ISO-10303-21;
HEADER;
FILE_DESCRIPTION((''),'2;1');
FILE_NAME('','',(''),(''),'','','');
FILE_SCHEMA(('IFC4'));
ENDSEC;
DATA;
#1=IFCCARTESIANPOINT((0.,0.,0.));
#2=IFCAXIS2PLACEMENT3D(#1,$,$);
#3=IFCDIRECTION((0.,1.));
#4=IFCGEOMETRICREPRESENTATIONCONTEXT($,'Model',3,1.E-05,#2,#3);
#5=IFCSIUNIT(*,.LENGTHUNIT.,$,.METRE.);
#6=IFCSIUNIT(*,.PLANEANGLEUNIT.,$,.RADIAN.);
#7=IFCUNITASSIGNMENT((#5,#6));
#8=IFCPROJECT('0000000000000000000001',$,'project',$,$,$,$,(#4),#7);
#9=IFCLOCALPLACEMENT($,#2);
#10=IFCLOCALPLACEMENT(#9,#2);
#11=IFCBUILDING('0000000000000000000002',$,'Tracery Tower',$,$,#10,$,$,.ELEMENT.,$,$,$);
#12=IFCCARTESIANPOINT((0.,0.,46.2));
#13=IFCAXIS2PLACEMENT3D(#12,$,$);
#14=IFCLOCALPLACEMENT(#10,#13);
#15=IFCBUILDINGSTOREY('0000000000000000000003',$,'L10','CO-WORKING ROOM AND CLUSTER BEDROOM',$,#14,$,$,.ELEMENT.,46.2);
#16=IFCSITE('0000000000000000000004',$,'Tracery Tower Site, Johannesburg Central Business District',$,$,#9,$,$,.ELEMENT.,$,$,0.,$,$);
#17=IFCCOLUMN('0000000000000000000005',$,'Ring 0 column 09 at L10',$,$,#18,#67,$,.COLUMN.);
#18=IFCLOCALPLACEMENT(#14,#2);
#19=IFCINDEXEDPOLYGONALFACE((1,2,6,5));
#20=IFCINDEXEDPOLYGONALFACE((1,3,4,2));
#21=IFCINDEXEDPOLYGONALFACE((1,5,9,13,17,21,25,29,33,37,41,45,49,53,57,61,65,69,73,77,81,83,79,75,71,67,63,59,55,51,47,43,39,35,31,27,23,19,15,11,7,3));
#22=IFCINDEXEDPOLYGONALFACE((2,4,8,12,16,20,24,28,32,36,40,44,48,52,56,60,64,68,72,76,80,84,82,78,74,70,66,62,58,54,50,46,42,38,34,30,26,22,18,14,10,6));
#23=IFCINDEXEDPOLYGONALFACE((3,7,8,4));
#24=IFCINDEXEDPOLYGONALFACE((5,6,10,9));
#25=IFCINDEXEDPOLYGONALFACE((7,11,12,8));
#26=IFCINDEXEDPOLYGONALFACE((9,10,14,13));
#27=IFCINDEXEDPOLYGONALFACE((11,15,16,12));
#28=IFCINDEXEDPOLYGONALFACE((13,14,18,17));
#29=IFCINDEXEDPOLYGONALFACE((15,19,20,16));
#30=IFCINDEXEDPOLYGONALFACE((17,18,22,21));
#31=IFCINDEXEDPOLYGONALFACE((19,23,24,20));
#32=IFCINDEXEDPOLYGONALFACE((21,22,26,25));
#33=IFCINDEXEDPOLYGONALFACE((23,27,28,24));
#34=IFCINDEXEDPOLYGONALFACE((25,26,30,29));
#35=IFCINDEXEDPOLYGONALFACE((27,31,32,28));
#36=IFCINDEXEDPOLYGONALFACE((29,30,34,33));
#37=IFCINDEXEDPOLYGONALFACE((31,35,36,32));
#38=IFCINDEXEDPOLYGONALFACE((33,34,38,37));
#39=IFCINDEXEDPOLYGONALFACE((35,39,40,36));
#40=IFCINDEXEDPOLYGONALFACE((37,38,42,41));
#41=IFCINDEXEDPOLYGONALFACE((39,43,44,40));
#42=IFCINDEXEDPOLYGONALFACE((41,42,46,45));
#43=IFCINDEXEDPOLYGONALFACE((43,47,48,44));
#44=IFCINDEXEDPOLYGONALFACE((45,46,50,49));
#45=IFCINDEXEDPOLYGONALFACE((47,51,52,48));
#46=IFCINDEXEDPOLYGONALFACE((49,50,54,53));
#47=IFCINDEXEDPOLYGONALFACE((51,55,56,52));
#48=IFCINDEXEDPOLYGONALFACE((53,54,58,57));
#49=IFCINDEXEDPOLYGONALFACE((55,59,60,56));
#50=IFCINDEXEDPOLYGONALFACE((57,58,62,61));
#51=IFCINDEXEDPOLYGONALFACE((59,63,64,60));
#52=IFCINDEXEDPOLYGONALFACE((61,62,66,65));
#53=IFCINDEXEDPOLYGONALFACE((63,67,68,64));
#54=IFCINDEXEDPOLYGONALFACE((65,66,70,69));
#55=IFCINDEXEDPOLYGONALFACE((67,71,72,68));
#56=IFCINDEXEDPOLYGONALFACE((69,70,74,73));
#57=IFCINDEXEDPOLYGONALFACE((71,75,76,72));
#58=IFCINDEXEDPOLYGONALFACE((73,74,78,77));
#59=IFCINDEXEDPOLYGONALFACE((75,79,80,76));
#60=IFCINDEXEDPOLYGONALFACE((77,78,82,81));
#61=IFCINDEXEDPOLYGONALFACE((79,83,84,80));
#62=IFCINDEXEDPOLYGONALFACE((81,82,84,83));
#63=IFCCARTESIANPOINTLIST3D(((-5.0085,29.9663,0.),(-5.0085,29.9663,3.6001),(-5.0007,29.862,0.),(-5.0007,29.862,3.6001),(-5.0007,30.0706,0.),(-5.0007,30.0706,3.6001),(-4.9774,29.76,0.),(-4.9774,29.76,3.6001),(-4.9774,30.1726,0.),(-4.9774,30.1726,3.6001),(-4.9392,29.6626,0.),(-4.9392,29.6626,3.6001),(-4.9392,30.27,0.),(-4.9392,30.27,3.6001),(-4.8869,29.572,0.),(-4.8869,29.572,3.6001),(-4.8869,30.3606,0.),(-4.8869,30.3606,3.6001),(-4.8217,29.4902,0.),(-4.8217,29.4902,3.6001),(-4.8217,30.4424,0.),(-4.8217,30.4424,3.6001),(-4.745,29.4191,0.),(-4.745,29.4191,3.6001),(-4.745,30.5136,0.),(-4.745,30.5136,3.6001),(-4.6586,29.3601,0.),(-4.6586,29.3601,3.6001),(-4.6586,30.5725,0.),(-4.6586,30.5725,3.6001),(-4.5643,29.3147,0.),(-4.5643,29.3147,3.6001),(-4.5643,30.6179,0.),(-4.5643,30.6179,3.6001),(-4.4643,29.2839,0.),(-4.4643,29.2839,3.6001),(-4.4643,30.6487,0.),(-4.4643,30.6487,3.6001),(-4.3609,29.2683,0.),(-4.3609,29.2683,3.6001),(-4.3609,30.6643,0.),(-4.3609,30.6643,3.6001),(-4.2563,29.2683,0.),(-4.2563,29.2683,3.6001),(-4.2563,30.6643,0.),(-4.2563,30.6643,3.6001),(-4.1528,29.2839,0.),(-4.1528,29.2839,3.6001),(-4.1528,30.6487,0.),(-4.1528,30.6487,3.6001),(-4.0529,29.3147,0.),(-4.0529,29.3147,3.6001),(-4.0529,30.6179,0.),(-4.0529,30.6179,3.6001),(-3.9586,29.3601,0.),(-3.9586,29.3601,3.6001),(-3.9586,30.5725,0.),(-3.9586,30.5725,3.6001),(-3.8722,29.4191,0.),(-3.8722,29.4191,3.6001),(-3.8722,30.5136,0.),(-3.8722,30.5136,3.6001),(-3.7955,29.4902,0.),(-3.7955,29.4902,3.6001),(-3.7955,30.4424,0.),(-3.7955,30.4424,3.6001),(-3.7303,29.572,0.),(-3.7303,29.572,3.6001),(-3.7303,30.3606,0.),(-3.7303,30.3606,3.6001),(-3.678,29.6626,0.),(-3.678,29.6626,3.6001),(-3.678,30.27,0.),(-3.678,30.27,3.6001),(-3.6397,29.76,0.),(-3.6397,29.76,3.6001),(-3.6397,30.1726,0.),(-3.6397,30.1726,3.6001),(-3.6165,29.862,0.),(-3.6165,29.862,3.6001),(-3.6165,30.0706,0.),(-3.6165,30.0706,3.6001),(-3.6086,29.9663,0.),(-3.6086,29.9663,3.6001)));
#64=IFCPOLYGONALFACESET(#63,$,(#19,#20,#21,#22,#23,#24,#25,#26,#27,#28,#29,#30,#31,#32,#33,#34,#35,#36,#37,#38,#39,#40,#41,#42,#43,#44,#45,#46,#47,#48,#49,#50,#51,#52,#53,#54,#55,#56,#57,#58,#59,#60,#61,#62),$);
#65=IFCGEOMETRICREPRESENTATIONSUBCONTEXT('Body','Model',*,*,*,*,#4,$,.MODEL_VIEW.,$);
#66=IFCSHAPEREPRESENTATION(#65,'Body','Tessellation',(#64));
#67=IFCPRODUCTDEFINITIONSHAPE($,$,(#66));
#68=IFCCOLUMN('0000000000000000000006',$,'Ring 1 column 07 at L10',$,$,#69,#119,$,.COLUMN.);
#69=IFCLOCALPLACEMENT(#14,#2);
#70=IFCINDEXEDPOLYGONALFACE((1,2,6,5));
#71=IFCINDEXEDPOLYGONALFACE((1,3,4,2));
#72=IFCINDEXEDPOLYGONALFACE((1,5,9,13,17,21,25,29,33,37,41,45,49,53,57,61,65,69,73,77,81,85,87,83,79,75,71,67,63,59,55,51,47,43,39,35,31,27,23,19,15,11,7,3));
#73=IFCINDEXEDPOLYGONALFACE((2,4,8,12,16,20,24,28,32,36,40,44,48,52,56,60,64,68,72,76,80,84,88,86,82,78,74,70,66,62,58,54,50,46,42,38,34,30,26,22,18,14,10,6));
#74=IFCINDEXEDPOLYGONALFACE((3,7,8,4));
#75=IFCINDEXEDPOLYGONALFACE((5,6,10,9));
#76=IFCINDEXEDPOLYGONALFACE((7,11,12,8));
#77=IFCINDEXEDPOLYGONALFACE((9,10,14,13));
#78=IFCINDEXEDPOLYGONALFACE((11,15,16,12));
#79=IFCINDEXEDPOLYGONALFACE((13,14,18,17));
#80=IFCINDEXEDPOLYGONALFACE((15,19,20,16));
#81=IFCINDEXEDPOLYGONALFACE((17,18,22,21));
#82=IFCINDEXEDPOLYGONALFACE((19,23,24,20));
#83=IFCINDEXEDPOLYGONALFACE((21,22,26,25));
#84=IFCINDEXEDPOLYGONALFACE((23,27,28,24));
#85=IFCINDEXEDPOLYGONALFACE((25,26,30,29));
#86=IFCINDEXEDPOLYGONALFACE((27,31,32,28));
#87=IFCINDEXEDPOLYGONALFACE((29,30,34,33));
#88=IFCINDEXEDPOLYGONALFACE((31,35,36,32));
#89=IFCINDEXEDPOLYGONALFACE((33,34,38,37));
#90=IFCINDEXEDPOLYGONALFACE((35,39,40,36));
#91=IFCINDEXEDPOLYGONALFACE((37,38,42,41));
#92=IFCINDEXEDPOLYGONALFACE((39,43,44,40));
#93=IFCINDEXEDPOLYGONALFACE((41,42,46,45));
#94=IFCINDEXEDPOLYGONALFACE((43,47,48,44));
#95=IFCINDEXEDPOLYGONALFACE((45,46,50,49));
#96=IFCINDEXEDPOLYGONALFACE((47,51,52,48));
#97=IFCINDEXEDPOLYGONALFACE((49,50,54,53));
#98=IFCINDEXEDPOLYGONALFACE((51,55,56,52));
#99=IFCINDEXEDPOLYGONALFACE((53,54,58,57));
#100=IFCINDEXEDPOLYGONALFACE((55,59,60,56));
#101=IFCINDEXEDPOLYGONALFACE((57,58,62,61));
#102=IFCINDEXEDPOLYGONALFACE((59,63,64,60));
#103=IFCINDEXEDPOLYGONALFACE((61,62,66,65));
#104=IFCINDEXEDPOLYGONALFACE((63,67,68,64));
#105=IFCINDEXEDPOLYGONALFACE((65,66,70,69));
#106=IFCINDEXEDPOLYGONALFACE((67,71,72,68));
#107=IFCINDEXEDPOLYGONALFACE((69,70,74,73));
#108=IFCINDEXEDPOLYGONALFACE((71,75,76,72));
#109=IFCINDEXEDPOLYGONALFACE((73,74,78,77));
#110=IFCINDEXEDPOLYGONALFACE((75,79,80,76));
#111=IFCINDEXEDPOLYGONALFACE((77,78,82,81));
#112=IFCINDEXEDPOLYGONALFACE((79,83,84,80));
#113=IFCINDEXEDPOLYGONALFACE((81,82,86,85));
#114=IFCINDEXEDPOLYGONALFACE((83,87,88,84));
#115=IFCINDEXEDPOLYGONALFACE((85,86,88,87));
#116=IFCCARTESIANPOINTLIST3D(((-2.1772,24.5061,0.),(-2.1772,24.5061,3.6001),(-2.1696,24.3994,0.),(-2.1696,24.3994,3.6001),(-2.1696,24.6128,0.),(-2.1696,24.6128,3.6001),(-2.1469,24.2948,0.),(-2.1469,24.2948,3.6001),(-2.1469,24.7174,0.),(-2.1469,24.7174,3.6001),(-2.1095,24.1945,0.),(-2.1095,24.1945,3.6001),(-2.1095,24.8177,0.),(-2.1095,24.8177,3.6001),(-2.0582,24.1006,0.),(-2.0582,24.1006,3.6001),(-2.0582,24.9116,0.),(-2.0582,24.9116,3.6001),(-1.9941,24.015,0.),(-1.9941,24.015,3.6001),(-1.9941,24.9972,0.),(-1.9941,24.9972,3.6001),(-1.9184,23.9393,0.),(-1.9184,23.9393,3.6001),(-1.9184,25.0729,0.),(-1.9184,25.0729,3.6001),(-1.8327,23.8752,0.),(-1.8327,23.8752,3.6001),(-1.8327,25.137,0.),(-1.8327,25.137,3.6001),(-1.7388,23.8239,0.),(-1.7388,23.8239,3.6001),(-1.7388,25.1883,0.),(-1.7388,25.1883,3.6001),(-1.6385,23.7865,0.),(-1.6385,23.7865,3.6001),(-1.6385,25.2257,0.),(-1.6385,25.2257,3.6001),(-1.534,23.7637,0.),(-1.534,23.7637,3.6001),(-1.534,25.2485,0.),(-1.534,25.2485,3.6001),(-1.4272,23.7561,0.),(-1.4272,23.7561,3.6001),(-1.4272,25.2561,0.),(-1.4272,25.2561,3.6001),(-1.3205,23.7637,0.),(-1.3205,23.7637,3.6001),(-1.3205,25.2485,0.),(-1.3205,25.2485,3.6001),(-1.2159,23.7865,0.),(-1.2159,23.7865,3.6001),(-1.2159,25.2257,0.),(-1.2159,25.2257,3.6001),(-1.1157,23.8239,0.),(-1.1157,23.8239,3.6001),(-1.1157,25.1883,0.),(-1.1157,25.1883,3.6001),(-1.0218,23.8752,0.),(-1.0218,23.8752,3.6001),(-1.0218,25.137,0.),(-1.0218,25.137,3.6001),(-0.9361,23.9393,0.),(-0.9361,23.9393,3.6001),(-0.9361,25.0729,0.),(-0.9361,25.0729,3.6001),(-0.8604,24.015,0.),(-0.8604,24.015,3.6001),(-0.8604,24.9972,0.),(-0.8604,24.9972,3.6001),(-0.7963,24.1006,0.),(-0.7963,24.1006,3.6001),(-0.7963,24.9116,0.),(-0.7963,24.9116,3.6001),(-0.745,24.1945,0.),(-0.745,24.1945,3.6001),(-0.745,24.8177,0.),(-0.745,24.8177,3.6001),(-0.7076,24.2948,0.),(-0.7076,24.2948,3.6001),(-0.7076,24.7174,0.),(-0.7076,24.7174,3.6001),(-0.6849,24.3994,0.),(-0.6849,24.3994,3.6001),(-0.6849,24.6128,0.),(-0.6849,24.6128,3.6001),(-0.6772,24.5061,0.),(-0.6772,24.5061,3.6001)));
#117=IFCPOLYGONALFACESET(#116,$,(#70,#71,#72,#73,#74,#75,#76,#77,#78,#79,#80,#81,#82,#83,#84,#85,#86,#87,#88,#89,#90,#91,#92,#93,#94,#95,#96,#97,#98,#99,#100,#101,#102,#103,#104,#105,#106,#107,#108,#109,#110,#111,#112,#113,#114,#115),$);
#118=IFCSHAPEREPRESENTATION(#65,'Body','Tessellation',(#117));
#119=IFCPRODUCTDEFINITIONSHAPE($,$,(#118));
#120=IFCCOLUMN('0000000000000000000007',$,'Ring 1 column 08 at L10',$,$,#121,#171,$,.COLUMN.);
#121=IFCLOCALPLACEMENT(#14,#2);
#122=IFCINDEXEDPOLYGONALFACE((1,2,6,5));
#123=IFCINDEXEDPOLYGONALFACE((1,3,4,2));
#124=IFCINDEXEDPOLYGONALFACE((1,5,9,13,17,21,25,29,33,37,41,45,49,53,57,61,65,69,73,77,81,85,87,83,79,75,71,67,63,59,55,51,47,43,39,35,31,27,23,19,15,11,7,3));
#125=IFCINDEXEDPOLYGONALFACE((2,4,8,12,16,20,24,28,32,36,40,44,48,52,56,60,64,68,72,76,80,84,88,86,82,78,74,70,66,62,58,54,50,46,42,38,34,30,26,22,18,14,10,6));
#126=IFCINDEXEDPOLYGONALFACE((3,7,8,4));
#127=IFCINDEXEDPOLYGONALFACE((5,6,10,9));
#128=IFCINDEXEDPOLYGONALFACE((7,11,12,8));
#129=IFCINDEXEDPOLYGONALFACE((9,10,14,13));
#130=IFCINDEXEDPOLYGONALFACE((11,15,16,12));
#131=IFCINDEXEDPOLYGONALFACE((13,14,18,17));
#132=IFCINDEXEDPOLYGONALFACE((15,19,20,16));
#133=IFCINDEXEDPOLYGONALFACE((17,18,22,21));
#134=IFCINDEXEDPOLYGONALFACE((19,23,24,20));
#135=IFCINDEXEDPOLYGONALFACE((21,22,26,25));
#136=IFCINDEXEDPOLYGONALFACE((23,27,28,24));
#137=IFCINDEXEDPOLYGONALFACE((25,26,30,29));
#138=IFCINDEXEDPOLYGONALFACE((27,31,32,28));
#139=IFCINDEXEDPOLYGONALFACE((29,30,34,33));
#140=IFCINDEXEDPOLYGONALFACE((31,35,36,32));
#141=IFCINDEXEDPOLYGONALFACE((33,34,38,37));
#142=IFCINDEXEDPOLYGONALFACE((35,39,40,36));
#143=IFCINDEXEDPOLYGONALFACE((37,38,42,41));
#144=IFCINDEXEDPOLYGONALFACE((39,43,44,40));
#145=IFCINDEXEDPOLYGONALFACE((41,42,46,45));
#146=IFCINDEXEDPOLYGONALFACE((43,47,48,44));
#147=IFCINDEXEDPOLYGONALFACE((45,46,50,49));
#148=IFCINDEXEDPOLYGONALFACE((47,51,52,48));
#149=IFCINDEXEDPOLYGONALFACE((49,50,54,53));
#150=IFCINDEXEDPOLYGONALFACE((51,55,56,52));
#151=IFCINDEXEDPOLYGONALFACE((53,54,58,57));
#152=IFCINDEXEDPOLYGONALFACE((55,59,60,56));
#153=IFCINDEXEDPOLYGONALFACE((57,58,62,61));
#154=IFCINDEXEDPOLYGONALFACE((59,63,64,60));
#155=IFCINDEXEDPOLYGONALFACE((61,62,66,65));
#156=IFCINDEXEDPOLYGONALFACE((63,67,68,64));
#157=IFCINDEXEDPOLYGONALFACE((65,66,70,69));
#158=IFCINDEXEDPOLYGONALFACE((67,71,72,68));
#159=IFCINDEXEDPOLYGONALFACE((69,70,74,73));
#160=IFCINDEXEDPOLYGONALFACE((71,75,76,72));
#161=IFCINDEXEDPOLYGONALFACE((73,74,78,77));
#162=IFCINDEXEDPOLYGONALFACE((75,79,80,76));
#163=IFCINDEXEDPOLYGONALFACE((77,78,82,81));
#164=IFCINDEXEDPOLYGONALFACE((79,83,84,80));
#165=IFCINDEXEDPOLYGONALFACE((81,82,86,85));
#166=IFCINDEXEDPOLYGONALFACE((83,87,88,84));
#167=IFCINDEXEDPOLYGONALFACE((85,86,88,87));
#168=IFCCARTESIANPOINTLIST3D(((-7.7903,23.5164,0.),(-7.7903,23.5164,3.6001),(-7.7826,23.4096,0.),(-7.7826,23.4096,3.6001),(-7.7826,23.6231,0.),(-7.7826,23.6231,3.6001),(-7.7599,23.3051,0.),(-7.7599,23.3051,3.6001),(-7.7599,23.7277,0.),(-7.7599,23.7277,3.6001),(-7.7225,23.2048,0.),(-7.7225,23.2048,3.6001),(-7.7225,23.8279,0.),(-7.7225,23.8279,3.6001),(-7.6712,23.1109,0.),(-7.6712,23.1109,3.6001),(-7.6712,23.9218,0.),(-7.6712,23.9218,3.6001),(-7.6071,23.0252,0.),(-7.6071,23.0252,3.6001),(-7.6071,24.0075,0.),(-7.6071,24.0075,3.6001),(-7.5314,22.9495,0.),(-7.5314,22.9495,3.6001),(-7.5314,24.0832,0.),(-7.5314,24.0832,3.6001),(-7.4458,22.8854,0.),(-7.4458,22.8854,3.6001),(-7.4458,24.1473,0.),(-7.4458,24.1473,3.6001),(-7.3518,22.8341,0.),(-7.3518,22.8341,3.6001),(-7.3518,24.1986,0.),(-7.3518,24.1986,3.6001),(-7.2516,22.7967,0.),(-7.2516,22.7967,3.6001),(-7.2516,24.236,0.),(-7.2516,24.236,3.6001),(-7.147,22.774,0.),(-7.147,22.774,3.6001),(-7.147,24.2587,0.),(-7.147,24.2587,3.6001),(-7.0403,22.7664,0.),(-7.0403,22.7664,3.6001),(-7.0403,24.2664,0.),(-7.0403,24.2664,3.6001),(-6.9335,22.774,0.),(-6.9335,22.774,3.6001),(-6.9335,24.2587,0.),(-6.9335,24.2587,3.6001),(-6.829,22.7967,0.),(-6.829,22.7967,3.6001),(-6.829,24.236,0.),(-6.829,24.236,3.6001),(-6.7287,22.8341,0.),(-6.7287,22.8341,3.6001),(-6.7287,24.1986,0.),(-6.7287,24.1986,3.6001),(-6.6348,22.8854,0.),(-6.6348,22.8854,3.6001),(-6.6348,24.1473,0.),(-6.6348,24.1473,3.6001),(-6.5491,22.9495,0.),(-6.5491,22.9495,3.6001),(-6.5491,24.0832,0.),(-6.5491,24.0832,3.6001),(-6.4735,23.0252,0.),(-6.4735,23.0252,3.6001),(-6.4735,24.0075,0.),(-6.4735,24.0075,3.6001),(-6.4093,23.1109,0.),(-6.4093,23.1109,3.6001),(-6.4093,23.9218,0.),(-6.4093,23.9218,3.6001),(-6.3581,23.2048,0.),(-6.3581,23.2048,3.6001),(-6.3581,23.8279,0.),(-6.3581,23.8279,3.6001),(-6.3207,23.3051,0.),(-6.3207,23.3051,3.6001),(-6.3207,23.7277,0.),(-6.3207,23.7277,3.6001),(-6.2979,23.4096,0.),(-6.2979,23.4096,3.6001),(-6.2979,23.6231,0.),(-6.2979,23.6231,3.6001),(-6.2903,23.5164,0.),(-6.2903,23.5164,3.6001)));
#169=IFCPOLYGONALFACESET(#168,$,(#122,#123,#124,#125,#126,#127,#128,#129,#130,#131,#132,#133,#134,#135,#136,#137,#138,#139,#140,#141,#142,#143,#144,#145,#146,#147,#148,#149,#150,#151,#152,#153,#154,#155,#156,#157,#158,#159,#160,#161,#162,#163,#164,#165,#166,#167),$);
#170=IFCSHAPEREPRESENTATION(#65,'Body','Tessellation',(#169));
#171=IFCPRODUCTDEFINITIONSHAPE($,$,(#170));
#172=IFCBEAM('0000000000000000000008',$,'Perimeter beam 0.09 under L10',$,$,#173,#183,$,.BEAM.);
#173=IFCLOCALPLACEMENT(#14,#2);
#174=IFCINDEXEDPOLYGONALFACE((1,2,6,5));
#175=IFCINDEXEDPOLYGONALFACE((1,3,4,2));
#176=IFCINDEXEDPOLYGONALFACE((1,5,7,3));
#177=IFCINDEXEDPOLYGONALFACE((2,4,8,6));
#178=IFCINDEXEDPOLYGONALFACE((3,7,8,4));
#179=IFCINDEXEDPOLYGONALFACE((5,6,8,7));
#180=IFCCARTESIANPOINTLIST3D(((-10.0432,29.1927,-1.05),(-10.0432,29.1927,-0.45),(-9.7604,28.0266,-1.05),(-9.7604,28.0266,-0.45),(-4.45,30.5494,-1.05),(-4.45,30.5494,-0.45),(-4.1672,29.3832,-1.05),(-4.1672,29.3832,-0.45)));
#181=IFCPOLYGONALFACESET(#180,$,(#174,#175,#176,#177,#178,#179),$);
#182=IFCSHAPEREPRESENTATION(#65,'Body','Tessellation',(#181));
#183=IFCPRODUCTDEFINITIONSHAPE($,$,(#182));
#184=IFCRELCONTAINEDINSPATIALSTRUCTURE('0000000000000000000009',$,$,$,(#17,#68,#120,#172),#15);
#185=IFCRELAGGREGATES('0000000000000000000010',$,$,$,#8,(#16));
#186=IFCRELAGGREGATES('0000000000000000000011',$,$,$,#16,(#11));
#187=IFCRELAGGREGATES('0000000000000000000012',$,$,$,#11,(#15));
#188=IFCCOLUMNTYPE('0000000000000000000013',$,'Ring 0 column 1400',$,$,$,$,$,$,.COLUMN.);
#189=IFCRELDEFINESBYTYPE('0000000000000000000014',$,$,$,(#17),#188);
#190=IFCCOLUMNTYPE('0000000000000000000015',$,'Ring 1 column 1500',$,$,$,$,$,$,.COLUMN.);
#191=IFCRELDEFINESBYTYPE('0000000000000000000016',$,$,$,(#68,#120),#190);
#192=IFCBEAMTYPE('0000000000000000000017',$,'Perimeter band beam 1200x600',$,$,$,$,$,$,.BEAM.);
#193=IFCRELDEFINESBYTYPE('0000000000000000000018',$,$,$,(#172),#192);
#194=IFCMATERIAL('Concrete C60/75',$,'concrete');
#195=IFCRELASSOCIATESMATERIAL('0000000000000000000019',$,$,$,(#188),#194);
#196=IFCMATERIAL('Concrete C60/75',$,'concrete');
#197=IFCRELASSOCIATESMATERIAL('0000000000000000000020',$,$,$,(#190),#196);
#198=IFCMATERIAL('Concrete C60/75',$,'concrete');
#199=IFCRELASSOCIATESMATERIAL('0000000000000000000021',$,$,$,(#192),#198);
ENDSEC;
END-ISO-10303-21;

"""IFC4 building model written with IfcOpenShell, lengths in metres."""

from ifc_helpers import new_model, si_unit, direction, frame, origin, origin_2d, place, context, subcontext, project, spatial, rectangle, circle, extrude, material, material_profile, profile_set, type_object, element, save


model = new_model("IFC4")

# Units and contexts
model_context = context("Model", 3, precision=1e-05, world=origin(), true_north=direction((0.0, 1.0)))
body_context = subcontext(model_context, "Body", "Model", "MODEL_VIEW")
ifc_project = project(units=[si_unit("LENGTHUNIT", "METRE"), si_unit("PLANEANGLEUNIT", "RADIAN")], contexts=[model_context])

# Site, building, storey
site_placement = place(None, origin())
site = spatial("IfcSite", under=ifc_project, at=site_placement, Name="Tracery Tower Site, Johannesburg Central Business District", CompositionType="ELEMENT", RefElevation=0.0)
building_placement = place(site_placement, origin())
building = spatial("IfcBuilding", under=site, at=building_placement, Name="Tracery Tower", CompositionType="ELEMENT")
storey_placement = place(building_placement, frame((0.0, 0.0, 46.2)))
storey = spatial("IfcBuildingStorey", under=building, at=storey_placement, Name="L10", Description="CO-WORKING ROOM AND CLUSTER BEDROOM", CompositionType="ELEMENT", Elevation=46.2)

# Columns
ifc_material_1 = material(Name="Concrete C60/75", Category="concrete")
ifc_material_profile_1 = material_profile(ifc_material_1, circle(Radius=0.7, at=origin_2d()), Name="RC D1400")
ifc_profile_set_1 = profile_set([ifc_material_profile_1], Name="Concrete C60/75")
column_type_1 = type_object("IfcColumnType", Name="Ring 0 column 1400", PredefinedType="COLUMN", material=ifc_profile_set_1)
column_placement = place(storey_placement, frame((-4.3086, 29.9663, 0.0), z_axis=(0.0, 0.0, 1.0), x_axis=(1.0, 0.0, 0.0)))
element("IfcColumn", 1, at=column_placement, inside=storey, type_object=column_type_1, Name="Ring 0 column 09 at L10", PredefinedType="COLUMN", context=body_context, shape_type="SweptSolid", body=[
    extrude(circle(Radius=0.7, at=origin_2d()), origin(), (0.0, 0.0, 1.0), 3.6001),
])
ifc_material_2 = material(Name="Concrete C60/75", Category="concrete")
ifc_material_profile_2 = material_profile(ifc_material_2, circle(Radius=0.75, at=origin_2d()), Name="RC D1500")
ifc_profile_set_2 = profile_set([ifc_material_profile_2], Name="Concrete C60/75")
column_type_2 = type_object("IfcColumnType", Name="Ring 1 column 1500", PredefinedType="COLUMN", material=ifc_profile_set_2)
for number, where, z_axis, x_axis, name in (
    (2, (-1.4272, 24.5061, 0.0), (0.0, 0.0, 1.0), (1.0, 0.0, 0.0), "Ring 1 column 07 at L10"),
    (3, (-7.0403, 23.5164, 0.0), (0.0, 0.0, 1.0), (1.0, 0.0, 0.0), "Ring 1 column 08 at L10"),
):
    element("IfcColumn", number, at=place(storey_placement, frame(where, z_axis=z_axis, x_axis=x_axis)), inside=storey, type_object=column_type_2, Name=name, PredefinedType="COLUMN", context=body_context, shape_type="SweptSolid", body=[
        extrude(circle(Radius=0.75, at=origin_2d()), origin(), (0.0, 0.0, 1.0), 3.6001),
    ])

# Beam
ifc_material_3 = material(Name="Concrete C60/75", Category="concrete")
ifc_material_profile_3 = material_profile(ifc_material_3, rectangle(XDim=1.2, YDim=0.6001, at=origin_2d()), Name="RC 1200x600")
ifc_profile_set_3 = profile_set([ifc_material_profile_3], Name="Concrete C60/75")
beam_type = type_object("IfcBeamType", Name="Perimeter band beam 1200x600", PredefinedType="BEAM", material=ifc_profile_set_3)
beam_placement = place(storey_placement, frame((-4.3086, 29.9663, -0.75), z_axis=(-0.97182, -0.235723, 0.0), x_axis=(0.235723, -0.97182, 0.0)))
element("IfcBeam", 4, at=beam_placement, inside=storey, type_object=beam_type, Name="Perimeter beam 0.09 under L10", PredefinedType="BEAM", context=body_context, shape_type="SweptSolid", body=[
    extrude(rectangle(XDim=1.2, YDim=0.6001, at=origin_2d()), origin(), (0.0, 0.0, 1.0), 5.7554),
])

save(model, "model.ifc")
